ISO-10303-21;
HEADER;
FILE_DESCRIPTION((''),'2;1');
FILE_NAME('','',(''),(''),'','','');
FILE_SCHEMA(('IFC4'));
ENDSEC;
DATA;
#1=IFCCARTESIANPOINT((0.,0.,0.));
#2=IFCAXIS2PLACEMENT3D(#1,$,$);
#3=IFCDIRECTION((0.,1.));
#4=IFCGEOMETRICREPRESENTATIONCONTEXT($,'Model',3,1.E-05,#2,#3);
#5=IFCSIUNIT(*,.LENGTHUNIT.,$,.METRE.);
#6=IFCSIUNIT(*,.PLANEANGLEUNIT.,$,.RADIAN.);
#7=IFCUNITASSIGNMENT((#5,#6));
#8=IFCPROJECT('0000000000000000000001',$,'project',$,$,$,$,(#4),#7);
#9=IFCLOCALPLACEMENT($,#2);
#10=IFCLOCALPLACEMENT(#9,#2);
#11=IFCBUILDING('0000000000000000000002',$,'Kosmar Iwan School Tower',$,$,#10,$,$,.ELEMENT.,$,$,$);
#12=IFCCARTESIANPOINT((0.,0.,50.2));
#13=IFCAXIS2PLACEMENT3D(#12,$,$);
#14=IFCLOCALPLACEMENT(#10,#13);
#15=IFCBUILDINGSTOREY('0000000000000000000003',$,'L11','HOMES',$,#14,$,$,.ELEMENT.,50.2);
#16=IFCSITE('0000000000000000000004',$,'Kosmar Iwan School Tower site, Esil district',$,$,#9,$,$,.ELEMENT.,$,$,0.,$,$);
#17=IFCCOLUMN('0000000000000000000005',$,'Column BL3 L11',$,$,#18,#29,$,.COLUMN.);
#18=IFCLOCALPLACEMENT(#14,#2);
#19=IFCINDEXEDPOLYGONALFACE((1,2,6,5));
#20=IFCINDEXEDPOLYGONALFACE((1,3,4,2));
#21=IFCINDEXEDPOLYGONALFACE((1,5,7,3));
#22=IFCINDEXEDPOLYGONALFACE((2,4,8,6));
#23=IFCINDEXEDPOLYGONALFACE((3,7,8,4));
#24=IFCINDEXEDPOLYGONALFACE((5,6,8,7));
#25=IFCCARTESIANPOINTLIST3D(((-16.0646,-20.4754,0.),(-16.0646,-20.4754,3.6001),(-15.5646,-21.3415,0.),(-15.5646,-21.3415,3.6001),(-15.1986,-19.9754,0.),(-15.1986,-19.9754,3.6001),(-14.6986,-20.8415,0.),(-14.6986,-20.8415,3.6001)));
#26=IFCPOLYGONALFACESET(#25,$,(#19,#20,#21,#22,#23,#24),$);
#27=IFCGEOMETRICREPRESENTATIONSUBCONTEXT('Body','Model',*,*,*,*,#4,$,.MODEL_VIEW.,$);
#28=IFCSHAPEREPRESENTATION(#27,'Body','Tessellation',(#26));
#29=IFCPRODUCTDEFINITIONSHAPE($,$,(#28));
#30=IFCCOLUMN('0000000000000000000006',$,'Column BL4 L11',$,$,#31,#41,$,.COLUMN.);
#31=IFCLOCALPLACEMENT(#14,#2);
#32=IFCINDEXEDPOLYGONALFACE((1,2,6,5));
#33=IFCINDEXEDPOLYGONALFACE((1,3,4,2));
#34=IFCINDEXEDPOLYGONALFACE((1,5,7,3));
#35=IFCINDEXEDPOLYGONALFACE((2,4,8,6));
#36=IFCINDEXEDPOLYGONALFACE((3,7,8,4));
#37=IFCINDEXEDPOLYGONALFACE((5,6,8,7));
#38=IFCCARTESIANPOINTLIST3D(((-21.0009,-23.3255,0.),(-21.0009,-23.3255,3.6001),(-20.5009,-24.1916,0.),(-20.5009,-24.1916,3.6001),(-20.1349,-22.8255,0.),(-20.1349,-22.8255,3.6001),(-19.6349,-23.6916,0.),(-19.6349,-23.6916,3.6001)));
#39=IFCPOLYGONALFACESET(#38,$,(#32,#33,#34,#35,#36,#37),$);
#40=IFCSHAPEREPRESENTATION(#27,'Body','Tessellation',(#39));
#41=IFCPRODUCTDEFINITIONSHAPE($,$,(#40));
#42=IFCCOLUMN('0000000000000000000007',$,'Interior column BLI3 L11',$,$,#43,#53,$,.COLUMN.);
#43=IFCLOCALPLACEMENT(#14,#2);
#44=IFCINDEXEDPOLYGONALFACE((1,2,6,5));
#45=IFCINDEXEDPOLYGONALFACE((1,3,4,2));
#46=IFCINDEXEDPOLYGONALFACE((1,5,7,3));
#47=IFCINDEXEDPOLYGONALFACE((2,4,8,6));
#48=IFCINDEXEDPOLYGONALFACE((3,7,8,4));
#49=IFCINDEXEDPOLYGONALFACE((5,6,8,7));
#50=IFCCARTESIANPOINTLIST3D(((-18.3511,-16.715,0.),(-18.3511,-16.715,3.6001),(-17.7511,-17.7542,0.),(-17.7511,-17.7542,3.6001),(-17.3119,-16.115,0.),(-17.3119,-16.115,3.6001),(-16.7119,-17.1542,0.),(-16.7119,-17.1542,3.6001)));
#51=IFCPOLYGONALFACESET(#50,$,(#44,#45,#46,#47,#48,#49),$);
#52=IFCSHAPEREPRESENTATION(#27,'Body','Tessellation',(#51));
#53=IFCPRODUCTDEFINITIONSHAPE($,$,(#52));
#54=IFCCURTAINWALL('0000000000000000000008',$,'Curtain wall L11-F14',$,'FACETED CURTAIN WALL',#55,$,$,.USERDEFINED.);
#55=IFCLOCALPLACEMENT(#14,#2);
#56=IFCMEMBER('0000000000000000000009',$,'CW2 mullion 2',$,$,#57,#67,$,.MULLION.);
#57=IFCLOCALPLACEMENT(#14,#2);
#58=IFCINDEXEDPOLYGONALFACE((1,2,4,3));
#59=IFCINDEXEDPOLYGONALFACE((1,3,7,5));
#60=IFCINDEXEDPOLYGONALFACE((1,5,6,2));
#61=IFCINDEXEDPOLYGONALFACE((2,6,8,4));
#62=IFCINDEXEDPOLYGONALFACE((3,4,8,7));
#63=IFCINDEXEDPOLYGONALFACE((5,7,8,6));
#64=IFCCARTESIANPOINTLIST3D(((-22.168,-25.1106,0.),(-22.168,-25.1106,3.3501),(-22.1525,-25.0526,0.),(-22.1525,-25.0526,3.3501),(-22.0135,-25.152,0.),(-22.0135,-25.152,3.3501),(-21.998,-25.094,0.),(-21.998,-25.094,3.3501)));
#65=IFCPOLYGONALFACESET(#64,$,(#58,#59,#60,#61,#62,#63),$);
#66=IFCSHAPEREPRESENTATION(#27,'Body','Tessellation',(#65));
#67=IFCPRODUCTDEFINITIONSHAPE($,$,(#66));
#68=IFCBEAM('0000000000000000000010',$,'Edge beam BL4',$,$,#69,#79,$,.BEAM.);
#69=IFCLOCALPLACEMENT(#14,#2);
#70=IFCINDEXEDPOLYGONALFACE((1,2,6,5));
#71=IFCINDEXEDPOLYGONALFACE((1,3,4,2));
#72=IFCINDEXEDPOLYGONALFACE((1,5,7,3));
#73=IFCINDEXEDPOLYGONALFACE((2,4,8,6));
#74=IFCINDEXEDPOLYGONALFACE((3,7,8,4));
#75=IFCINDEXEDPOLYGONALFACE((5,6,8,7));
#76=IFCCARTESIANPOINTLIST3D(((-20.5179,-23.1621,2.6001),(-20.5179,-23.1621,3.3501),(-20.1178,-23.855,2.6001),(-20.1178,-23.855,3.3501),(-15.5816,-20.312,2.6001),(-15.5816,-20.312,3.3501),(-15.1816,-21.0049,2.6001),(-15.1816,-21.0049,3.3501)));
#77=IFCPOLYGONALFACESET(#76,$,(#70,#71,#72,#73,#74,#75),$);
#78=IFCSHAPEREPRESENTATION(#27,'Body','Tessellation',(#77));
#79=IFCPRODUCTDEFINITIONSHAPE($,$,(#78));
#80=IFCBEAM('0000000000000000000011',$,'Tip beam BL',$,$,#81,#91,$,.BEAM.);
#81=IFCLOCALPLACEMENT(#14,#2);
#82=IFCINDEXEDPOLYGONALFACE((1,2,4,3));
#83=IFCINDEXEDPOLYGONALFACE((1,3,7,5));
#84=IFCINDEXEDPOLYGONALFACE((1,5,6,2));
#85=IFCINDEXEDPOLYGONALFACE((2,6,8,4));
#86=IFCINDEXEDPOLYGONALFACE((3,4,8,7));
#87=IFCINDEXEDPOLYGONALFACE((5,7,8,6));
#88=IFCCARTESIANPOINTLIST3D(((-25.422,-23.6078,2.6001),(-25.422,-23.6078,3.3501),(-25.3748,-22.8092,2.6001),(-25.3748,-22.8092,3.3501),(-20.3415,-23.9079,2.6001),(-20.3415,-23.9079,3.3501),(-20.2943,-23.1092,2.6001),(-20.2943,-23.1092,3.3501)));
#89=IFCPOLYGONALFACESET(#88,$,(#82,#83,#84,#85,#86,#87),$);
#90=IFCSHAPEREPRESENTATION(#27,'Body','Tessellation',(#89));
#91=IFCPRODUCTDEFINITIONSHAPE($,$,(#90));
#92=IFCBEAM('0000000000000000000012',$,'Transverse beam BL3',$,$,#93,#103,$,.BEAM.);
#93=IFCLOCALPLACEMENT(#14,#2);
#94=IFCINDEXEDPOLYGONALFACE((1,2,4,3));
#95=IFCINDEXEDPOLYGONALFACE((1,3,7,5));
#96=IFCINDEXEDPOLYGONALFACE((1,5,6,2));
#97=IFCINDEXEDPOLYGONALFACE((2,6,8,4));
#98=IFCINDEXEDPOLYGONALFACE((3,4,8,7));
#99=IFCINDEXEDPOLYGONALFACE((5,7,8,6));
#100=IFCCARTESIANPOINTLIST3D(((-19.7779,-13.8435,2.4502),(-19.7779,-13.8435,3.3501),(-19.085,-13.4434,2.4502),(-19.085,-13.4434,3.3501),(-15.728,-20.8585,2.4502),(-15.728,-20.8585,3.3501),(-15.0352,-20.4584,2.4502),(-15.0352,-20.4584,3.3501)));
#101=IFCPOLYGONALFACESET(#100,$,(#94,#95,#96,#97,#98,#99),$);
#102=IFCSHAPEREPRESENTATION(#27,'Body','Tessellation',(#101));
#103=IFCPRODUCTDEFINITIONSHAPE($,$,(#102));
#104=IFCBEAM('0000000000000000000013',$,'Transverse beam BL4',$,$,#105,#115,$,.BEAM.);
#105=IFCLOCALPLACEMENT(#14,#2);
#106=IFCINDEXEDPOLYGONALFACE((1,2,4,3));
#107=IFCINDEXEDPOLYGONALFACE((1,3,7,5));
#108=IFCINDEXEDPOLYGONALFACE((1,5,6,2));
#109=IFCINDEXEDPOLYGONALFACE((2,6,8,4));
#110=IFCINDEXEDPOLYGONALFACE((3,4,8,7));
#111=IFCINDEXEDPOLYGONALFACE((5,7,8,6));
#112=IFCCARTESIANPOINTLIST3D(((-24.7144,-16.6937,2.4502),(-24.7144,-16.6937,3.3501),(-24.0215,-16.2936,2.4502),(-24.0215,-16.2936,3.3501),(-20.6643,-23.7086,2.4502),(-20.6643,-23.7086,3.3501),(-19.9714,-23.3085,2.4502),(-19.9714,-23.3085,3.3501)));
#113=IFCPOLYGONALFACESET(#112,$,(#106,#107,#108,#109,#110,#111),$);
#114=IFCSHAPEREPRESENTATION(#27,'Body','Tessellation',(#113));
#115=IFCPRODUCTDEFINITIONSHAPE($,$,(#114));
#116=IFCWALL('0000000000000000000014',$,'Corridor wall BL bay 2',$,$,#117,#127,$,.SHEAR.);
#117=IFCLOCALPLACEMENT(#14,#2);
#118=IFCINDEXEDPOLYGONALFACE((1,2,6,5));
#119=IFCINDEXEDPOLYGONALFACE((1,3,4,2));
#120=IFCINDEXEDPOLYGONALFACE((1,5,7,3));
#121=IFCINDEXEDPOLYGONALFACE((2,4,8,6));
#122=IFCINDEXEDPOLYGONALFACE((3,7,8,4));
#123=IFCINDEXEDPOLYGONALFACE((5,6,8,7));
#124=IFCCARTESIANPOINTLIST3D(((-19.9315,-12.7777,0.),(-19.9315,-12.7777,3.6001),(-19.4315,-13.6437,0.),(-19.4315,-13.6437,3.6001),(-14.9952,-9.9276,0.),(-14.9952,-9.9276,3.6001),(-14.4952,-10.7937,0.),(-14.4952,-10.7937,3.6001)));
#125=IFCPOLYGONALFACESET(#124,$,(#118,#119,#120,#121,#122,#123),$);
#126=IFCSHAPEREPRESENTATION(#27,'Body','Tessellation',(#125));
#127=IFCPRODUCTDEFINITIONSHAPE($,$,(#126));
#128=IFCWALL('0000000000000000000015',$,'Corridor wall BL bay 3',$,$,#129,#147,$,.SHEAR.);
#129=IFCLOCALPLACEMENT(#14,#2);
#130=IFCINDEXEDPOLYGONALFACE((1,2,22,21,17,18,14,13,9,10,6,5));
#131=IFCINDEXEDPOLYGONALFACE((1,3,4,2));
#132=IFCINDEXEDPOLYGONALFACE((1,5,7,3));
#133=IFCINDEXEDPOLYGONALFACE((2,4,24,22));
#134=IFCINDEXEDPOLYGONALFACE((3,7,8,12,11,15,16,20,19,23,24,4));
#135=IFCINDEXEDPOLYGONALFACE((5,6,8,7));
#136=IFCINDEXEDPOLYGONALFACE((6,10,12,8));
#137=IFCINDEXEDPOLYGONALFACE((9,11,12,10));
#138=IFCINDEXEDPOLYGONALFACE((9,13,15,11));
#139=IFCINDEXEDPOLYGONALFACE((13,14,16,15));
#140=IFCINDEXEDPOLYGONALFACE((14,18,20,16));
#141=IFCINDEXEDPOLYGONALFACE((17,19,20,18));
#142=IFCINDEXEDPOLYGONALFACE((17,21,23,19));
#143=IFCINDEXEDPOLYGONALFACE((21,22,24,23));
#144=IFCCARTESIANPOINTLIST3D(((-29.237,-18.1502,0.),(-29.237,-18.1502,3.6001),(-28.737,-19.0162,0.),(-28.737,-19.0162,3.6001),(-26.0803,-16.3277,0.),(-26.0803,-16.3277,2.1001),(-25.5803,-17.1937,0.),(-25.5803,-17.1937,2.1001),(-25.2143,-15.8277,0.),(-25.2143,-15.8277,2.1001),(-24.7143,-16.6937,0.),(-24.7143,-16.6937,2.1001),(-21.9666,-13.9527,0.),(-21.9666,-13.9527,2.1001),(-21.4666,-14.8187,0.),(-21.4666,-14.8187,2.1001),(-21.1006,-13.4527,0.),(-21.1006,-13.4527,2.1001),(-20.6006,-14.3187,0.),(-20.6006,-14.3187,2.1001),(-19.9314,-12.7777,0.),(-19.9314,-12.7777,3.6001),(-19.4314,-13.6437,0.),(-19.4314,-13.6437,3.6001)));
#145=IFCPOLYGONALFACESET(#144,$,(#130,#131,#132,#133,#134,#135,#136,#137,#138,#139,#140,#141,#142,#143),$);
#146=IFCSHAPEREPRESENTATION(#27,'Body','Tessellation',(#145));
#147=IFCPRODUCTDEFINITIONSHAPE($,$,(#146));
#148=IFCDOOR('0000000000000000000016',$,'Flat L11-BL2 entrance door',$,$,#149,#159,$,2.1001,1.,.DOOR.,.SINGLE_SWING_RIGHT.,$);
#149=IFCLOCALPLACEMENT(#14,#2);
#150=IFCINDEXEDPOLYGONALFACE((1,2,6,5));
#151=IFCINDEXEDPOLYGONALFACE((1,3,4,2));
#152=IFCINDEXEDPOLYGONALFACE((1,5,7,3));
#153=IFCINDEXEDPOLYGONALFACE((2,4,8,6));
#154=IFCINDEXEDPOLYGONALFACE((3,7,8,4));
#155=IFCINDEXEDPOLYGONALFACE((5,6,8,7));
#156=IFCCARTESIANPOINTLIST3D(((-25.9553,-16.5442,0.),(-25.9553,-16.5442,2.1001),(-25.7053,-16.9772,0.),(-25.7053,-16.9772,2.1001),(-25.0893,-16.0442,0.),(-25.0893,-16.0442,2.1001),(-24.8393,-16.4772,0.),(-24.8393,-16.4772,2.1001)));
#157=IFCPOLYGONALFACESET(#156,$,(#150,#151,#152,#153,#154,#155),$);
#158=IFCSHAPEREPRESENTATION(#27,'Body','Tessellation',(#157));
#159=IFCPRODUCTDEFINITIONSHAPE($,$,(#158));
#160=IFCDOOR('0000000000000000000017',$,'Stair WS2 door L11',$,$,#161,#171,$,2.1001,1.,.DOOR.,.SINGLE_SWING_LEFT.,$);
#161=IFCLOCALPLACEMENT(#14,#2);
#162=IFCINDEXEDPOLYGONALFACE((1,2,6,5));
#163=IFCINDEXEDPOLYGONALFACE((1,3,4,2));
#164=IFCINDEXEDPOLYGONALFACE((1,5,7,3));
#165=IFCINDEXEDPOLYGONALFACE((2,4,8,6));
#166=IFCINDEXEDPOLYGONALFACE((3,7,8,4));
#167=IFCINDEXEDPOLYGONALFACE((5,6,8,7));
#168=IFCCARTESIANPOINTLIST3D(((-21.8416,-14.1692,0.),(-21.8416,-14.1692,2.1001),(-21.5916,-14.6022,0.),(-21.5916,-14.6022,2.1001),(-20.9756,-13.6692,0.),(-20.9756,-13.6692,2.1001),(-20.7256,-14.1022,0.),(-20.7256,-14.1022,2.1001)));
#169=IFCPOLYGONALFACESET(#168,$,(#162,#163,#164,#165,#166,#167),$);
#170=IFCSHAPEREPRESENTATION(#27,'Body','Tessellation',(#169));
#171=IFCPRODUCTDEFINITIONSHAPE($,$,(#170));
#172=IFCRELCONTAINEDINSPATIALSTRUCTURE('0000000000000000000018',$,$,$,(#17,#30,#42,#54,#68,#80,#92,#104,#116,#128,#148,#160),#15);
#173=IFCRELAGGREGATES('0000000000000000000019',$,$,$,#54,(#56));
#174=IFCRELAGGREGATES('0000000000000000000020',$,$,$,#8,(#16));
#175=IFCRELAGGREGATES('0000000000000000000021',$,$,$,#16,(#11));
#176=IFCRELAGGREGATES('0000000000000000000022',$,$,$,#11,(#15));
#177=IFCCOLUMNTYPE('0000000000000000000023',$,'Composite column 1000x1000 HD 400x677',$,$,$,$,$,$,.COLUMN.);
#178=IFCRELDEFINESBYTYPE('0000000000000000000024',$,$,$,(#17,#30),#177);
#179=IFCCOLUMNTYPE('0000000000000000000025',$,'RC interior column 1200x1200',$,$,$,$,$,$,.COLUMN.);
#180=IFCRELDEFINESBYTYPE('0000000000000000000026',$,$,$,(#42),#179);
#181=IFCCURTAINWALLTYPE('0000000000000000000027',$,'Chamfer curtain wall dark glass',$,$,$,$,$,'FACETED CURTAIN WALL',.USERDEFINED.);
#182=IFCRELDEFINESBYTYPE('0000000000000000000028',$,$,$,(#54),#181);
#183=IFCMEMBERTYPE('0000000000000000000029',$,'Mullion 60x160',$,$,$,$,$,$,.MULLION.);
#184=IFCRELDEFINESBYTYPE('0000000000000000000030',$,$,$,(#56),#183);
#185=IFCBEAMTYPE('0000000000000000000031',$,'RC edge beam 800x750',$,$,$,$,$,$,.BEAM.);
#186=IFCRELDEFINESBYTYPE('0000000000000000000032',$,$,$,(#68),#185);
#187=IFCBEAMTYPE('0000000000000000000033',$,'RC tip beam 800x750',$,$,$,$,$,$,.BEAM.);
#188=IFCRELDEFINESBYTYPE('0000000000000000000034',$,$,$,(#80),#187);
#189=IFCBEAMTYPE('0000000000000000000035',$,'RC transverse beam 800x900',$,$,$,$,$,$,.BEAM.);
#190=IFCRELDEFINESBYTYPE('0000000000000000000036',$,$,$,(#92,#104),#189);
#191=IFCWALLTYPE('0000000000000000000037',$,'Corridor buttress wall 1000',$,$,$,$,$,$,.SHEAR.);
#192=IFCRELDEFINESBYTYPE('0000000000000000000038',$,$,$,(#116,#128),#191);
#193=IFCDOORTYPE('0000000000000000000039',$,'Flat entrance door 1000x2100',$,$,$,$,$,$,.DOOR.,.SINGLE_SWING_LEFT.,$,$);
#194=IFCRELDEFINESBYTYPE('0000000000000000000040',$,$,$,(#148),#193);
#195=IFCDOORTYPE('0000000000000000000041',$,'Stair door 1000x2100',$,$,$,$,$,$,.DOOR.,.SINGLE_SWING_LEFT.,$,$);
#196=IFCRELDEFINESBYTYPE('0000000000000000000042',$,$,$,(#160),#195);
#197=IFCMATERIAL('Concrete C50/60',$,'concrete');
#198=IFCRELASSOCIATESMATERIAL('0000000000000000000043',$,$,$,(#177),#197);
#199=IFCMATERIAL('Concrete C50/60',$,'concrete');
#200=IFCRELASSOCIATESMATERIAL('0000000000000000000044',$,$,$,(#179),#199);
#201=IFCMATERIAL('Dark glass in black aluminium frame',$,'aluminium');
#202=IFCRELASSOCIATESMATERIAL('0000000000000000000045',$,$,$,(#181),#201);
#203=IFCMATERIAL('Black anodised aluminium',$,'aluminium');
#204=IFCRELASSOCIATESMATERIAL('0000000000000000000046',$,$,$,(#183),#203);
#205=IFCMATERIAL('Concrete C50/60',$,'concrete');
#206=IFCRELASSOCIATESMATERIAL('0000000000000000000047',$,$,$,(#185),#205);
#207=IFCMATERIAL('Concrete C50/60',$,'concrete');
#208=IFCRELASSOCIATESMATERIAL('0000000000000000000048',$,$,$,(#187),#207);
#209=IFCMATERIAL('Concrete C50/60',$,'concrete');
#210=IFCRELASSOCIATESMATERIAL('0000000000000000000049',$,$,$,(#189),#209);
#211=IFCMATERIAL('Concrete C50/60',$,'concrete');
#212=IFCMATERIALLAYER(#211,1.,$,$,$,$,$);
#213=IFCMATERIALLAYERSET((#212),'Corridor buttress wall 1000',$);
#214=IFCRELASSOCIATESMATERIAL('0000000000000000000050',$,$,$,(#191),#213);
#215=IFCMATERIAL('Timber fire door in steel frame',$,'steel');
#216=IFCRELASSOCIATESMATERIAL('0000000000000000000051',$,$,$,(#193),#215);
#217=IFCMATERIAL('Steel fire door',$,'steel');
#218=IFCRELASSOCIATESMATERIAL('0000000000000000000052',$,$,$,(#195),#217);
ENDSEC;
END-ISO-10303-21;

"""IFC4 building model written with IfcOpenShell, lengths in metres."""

from ifc_helpers import new_model, si_unit, direction, frame, frame_2d, origin, origin_2d, place, context, subcontext, project, spatial, rectangle, extrude, material, layer, layer_set, material_profile, profile_set, type_object, element, fill, aggregate, save


model = new_model("IFC4")

# Units and contexts
model_context = context("Model", 3, precision=1e-05, world=origin(), true_north=direction((0.0, 1.0)))
body_context = subcontext(model_context, "Body", "Model", "MODEL_VIEW")
ifc_project = project(units=[si_unit("LENGTHUNIT", "METRE"), si_unit("PLANEANGLEUNIT", "RADIAN")], contexts=[model_context])

# Site, building, storey
site_placement = place(None, origin())
site = spatial("IfcSite", under=ifc_project, at=site_placement, Name="Kosmar Iwan School Tower site, Esil district", CompositionType="ELEMENT", RefElevation=0.0)
building_placement = place(site_placement, origin())
building = spatial("IfcBuilding", under=site, at=building_placement, Name="Kosmar Iwan School Tower", CompositionType="ELEMENT")
storey_placement = place(building_placement, frame((0.0, 0.0, 50.2)))
storey = spatial("IfcBuildingStorey", under=building, at=storey_placement, Name="L11", Description="HOMES", CompositionType="ELEMENT", Elevation=50.2)

# Columns
ifc_material_1 = material(Name="Concrete C50/60", Category="concrete")
ifc_material_profile_1 = material_profile(ifc_material_1, rectangle(XDim=1.0, YDim=1.0, at=origin_2d()), Name="RC 1000x1000 + HD 400x677")
ifc_profile_set_1 = profile_set([ifc_material_profile_1], Name="Concrete C50/60")
column_type_1 = type_object("IfcColumnType", Name="Composite column 1000x1000 HD 400x677", PredefinedType="COLUMN", material=ifc_profile_set_1)
for number, where, z_axis, x_axis, name in (
    (1, (-15.3816, -20.6584, 0.0), (0.0, 0.0, 1.0), (-0.866025, -0.5, 0.0), "Column BL3 L11"),
    (2, (-20.3179, -23.5085, 0.0), (0.0, 0.0, 1.0), (-0.866025, -0.5, 0.0), "Column BL4 L11"),
):
    element("IfcColumn", number, at=place(storey_placement, frame(where, z_axis=z_axis, x_axis=x_axis)), inside=storey, type_object=column_type_1, Name=name, PredefinedType="COLUMN", context=body_context, shape_type="SweptSolid", body=[
        extrude(rectangle(XDim=1.0, YDim=1.0, at=origin_2d()), origin(), (0.0, 0.0, 1.0), 3.6001),
    ])
ifc_material_2 = material(Name="Concrete C50/60", Category="concrete")
ifc_material_profile_2 = material_profile(ifc_material_2, rectangle(XDim=1.2, YDim=1.2, at=origin_2d()), Name="RC 1200x1200")
ifc_profile_set_2 = profile_set([ifc_material_profile_2], Name="Concrete C50/60")
column_type_2 = type_object("IfcColumnType", Name="RC interior column 1200x1200", PredefinedType="COLUMN", material=ifc_profile_set_2)
column_placement = place(storey_placement, frame((-17.5315, -16.9346, 0.0), z_axis=(0.0, 0.0, 1.0), x_axis=(-0.866025, -0.5, 0.0)))
element("IfcColumn", 3, at=column_placement, inside=storey, type_object=column_type_2, Name="Interior column BLI3 L11", PredefinedType="COLUMN", context=body_context, shape_type="SweptSolid", body=[
    extrude(rectangle(XDim=1.2, YDim=1.2, at=origin_2d()), origin(), (0.0, 0.0, 1.0), 3.6001),
])

# Curtain wall, member
ifc_material_3 = material(Name="Dark glass in black aluminium frame", Category="aluminium")
curtain_wall_type = type_object("IfcCurtainWallType", Name="Chamfer curtain wall dark glass", ElementType="FACETED CURTAIN WALL", PredefinedType="USERDEFINED", material=ifc_material_3)
curtain_wall_placement = place(storey_placement, origin())
curtain_wall = element("IfcCurtainWall", 4, at=curtain_wall_placement, inside=storey, type_object=curtain_wall_type, Name="Curtain wall L11-F14", ObjectType="FACETED CURTAIN WALL", PredefinedType="USERDEFINED")
ifc_material_4 = material(Name="Black anodised aluminium", Category="aluminium")
ifc_material_profile_3 = material_profile(ifc_material_4, rectangle(XDim=0.0601, YDim=0.1599, at=origin_2d()), Name="MULLION 60x160")
ifc_profile_set_3 = profile_set([ifc_material_profile_3], Name="Black anodised aluminium")
member_type = type_object("IfcMemberType", Name="Mullion 60x160", PredefinedType="MULLION", material=ifc_profile_set_3)
member_placement = place(storey_placement, frame((-22.083, -25.1023, 0.0), z_axis=(0.0, 0.0, 1.0), x_axis=(0.258819, 0.965926, 0.0)))
member = element("IfcMember", 5, at=member_placement, type_object=member_type, Name="CW2 mullion 2", PredefinedType="MULLION", context=body_context, shape_type="SweptSolid", body=[
    extrude(rectangle(XDim=0.0601, YDim=0.1599, at=origin_2d()), origin(), (0.0, 0.0, 1.0), 3.3501),
])
aggregate(curtain_wall, [member])

# Beams
ifc_material_5 = material(Name="Concrete C50/60", Category="concrete")
ifc_material_profile_4 = material_profile(ifc_material_5, rectangle(XDim=0.8, YDim=0.75, at=origin_2d()), Name="RC 800x750")
ifc_profile_set_4 = profile_set([ifc_material_profile_4], Name="Concrete C50/60")
beam_type_1 = type_object("IfcBeamType", Name="RC edge beam 800x750", PredefinedType="BEAM", material=ifc_profile_set_4)
beam_1_placement = place(storey_placement, frame((-15.3816, -20.6584, 2.9751), z_axis=(-0.866015, -0.500018, 0.0), x_axis=(0.500018, -0.866015, 0.0)))
element("IfcBeam", 6, at=beam_1_placement, inside=storey, type_object=beam_type_1, Name="Edge beam BL4", PredefinedType="BEAM", context=body_context, shape_type="SweptSolid", body=[
    extrude(rectangle(XDim=0.8, YDim=0.75, at=origin_2d()), origin(), (0.0, 0.0, 1.0), 5.7),
])
ifc_material_6 = material(Name="Concrete C50/60", Category="concrete")
ifc_material_profile_5 = material_profile(ifc_material_6, rectangle(XDim=0.8, YDim=0.75, at=origin_2d()), Name="RC 800x750")
ifc_profile_set_5 = profile_set([ifc_material_profile_5], Name="Concrete C50/60")
beam_type_2 = type_object("IfcBeamType", Name="RC tip beam 800x750", PredefinedType="BEAM", material=ifc_profile_set_5)
beam_2_placement = place(storey_placement, frame((-20.3179, -23.5085, 2.9751), z_axis=(-0.998261, 0.058955, 0.0), x_axis=(-0.058955, -0.998261, 0.0)))
element("IfcBeam", 7, at=beam_2_placement, inside=storey, type_object=beam_type_2, Name="Tip beam BL", PredefinedType="BEAM", context=body_context, shape_type="SweptSolid", body=[
    extrude(rectangle(XDim=0.8, YDim=0.75, at=origin_2d()), origin(), (0.0, 0.0, 1.0), 5.0894),
])
ifc_material_7 = material(Name="Concrete C50/60", Category="concrete")
ifc_material_profile_6 = material_profile(ifc_material_7, rectangle(XDim=0.8, YDim=0.8999, at=origin_2d()), Name="RC 800x900")
ifc_profile_set_6 = profile_set([ifc_material_profile_6], Name="Concrete C50/60")
beam_type_3 = type_object("IfcBeamType", Name="RC transverse beam 800x900", PredefinedType="BEAM", material=ifc_profile_set_6)
for number, where, z_axis, x_axis, name in (
    (8, (-15.3816, -20.6584, 2.9001), (-0.499977, 0.866039, 0.0), (-0.866039, -0.499977, 0.0), "Transverse beam BL3"),
    (9, (-20.3179, -23.5085, 2.9001), (-0.5, 0.866025, 0.0), (-0.866025, -0.5, 0.0), "Transverse beam BL4"),
):
    element("IfcBeam", number, at=place(storey_placement, frame(where, z_axis=z_axis, x_axis=x_axis)), inside=storey, type_object=beam_type_3, Name=name, PredefinedType="BEAM", context=body_context, shape_type="SweptSolid", body=[
        extrude(rectangle(XDim=0.8, YDim=0.8999, at=origin_2d()), origin(), (0.0, 0.0, 1.0), 8.1001),
    ])

# Wall
ifc_material_8 = material(Name="Concrete C50/60", Category="concrete")
ifc_layer_1 = layer(ifc_material_8, 1.0)
ifc_layer_set_1 = layer_set([ifc_layer_1], Name="Corridor buttress wall 1000")
wall_type_1 = type_object("IfcWallType", Name="Corridor buttress wall 1000", PredefinedType="SHEAR", material=ifc_layer_set_1)
wall_1_placement = place(storey_placement, frame((-14.7451, -10.3606, 0.0), z_axis=(0.0, 0.0, 1.0), x_axis=(-0.866015, -0.500018, 0.0)))
element("IfcWall", 10, at=wall_1_placement, inside=storey, type_object=wall_type_1, Name="Corridor wall BL bay 2", PredefinedType="SHEAR", context=body_context, shape_type="SweptSolid", body=[
    extrude(rectangle(XDim=5.7, YDim=1.0, at=frame_2d((2.8501, 0.0))), origin(), (0.0, 0.0, 1.0), 3.6001),
])

# Wall, openings, doors
wall_2_placement = place(storey_placement, frame((-19.6814, -13.2107, 0.0), z_axis=(0.0, 0.0, 1.0), x_axis=(-0.866028, -0.499995, 0.0)))
wall_2 = element("IfcWall", 11, at=wall_2_placement, inside=storey, type_object=wall_type_1, Name="Corridor wall BL bay 3", PredefinedType="SHEAR", context=body_context, shape_type="SweptSolid", body=[
    extrude(rectangle(XDim=10.7451, YDim=1.0, at=frame_2d((5.3726, 0.0))), origin(), (0.0, 0.0, 1.0), 3.6001),
])
opening_1_placement = place(wall_2_placement, frame((6.1001, 0.0, 0.0)))
opening_1 = element("IfcOpeningElement", 12, at=opening_1_placement, cuts=wall_2, PredefinedType="OPENING", context=body_context, shape_type="SweptSolid", body=[
    extrude(rectangle(XDim=1.0, YDim=2.1001, at=frame_2d((0.5, 1.05))), frame((0.0, 0.512, 0.0), z_axis=(0.0, -1.0, 0.0), x_axis=(1.0, 0.0, 0.0)), (0.0, 0.0, 1.0), 1.0239),
])
opening_2_placement = place(wall_2_placement, frame((1.3501, 0.0, 0.0)))
opening_2 = element("IfcOpeningElement", 13, at=opening_2_placement, cuts=wall_2, PredefinedType="OPENING", context=body_context, shape_type="SweptSolid", body=[
    extrude(rectangle(XDim=1.0, YDim=2.1001, at=frame_2d((0.5, 1.05))), frame((0.0, 0.512, 0.0), z_axis=(0.0, -1.0, 0.0), x_axis=(1.0, 0.0, 0.0)), (0.0, 0.0, 1.0), 1.0239),
])
ifc_material_9 = material(Name="Timber fire door in steel frame", Category="steel")
door_type_1 = type_object("IfcDoorType", Name="Flat entrance door 1000x2100", OperationType="SINGLE_SWING_LEFT", PredefinedType="DOOR", material=ifc_material_9)
door_1_placement = place(opening_1_placement, origin())
door_1 = element("IfcDoor", 14, at=door_1_placement, inside=storey, type_object=door_type_1, Name="Flat L11-BL2 entrance door", OperationType="SINGLE_SWING_RIGHT", OverallHeight=2.1001, OverallWidth=1.0, PredefinedType="DOOR", context=body_context, shape_type="SweptSolid", body=[
    extrude(rectangle(XDim=1.0, YDim=2.1001, at=frame_2d((0.5, 1.05))), frame((0.0, 0.25, 0.0), z_axis=(0.0, -1.0, 0.0), x_axis=(1.0, 0.0, 0.0)), (0.0, 0.0, 1.0), 0.5),
])
fill(opening_1, door_1)
ifc_material_10 = material(Name="Steel fire door", Category="steel")
door_type_2 = type_object("IfcDoorType", Name="Stair door 1000x2100", OperationType="SINGLE_SWING_LEFT", PredefinedType="DOOR", material=ifc_material_10)
door_2_placement = place(opening_2_placement, origin())
door_2 = element("IfcDoor", 15, at=door_2_placement, inside=storey, type_object=door_type_2, Name="Stair WS2 door L11", OperationType="SINGLE_SWING_LEFT", OverallHeight=2.1001, OverallWidth=1.0, PredefinedType="DOOR", context=body_context, shape_type="SweptSolid", body=[
    extrude(rectangle(XDim=1.0, YDim=2.1001, at=frame_2d((0.5, 1.05))), frame((0.0, 0.25, 0.0), z_axis=(0.0, -1.0, 0.0), x_axis=(1.0, 0.0, 0.0)), (0.0, 0.0, 1.0), 0.5),
])
fill(opening_2, door_2)

save(model, "model.ifc")
